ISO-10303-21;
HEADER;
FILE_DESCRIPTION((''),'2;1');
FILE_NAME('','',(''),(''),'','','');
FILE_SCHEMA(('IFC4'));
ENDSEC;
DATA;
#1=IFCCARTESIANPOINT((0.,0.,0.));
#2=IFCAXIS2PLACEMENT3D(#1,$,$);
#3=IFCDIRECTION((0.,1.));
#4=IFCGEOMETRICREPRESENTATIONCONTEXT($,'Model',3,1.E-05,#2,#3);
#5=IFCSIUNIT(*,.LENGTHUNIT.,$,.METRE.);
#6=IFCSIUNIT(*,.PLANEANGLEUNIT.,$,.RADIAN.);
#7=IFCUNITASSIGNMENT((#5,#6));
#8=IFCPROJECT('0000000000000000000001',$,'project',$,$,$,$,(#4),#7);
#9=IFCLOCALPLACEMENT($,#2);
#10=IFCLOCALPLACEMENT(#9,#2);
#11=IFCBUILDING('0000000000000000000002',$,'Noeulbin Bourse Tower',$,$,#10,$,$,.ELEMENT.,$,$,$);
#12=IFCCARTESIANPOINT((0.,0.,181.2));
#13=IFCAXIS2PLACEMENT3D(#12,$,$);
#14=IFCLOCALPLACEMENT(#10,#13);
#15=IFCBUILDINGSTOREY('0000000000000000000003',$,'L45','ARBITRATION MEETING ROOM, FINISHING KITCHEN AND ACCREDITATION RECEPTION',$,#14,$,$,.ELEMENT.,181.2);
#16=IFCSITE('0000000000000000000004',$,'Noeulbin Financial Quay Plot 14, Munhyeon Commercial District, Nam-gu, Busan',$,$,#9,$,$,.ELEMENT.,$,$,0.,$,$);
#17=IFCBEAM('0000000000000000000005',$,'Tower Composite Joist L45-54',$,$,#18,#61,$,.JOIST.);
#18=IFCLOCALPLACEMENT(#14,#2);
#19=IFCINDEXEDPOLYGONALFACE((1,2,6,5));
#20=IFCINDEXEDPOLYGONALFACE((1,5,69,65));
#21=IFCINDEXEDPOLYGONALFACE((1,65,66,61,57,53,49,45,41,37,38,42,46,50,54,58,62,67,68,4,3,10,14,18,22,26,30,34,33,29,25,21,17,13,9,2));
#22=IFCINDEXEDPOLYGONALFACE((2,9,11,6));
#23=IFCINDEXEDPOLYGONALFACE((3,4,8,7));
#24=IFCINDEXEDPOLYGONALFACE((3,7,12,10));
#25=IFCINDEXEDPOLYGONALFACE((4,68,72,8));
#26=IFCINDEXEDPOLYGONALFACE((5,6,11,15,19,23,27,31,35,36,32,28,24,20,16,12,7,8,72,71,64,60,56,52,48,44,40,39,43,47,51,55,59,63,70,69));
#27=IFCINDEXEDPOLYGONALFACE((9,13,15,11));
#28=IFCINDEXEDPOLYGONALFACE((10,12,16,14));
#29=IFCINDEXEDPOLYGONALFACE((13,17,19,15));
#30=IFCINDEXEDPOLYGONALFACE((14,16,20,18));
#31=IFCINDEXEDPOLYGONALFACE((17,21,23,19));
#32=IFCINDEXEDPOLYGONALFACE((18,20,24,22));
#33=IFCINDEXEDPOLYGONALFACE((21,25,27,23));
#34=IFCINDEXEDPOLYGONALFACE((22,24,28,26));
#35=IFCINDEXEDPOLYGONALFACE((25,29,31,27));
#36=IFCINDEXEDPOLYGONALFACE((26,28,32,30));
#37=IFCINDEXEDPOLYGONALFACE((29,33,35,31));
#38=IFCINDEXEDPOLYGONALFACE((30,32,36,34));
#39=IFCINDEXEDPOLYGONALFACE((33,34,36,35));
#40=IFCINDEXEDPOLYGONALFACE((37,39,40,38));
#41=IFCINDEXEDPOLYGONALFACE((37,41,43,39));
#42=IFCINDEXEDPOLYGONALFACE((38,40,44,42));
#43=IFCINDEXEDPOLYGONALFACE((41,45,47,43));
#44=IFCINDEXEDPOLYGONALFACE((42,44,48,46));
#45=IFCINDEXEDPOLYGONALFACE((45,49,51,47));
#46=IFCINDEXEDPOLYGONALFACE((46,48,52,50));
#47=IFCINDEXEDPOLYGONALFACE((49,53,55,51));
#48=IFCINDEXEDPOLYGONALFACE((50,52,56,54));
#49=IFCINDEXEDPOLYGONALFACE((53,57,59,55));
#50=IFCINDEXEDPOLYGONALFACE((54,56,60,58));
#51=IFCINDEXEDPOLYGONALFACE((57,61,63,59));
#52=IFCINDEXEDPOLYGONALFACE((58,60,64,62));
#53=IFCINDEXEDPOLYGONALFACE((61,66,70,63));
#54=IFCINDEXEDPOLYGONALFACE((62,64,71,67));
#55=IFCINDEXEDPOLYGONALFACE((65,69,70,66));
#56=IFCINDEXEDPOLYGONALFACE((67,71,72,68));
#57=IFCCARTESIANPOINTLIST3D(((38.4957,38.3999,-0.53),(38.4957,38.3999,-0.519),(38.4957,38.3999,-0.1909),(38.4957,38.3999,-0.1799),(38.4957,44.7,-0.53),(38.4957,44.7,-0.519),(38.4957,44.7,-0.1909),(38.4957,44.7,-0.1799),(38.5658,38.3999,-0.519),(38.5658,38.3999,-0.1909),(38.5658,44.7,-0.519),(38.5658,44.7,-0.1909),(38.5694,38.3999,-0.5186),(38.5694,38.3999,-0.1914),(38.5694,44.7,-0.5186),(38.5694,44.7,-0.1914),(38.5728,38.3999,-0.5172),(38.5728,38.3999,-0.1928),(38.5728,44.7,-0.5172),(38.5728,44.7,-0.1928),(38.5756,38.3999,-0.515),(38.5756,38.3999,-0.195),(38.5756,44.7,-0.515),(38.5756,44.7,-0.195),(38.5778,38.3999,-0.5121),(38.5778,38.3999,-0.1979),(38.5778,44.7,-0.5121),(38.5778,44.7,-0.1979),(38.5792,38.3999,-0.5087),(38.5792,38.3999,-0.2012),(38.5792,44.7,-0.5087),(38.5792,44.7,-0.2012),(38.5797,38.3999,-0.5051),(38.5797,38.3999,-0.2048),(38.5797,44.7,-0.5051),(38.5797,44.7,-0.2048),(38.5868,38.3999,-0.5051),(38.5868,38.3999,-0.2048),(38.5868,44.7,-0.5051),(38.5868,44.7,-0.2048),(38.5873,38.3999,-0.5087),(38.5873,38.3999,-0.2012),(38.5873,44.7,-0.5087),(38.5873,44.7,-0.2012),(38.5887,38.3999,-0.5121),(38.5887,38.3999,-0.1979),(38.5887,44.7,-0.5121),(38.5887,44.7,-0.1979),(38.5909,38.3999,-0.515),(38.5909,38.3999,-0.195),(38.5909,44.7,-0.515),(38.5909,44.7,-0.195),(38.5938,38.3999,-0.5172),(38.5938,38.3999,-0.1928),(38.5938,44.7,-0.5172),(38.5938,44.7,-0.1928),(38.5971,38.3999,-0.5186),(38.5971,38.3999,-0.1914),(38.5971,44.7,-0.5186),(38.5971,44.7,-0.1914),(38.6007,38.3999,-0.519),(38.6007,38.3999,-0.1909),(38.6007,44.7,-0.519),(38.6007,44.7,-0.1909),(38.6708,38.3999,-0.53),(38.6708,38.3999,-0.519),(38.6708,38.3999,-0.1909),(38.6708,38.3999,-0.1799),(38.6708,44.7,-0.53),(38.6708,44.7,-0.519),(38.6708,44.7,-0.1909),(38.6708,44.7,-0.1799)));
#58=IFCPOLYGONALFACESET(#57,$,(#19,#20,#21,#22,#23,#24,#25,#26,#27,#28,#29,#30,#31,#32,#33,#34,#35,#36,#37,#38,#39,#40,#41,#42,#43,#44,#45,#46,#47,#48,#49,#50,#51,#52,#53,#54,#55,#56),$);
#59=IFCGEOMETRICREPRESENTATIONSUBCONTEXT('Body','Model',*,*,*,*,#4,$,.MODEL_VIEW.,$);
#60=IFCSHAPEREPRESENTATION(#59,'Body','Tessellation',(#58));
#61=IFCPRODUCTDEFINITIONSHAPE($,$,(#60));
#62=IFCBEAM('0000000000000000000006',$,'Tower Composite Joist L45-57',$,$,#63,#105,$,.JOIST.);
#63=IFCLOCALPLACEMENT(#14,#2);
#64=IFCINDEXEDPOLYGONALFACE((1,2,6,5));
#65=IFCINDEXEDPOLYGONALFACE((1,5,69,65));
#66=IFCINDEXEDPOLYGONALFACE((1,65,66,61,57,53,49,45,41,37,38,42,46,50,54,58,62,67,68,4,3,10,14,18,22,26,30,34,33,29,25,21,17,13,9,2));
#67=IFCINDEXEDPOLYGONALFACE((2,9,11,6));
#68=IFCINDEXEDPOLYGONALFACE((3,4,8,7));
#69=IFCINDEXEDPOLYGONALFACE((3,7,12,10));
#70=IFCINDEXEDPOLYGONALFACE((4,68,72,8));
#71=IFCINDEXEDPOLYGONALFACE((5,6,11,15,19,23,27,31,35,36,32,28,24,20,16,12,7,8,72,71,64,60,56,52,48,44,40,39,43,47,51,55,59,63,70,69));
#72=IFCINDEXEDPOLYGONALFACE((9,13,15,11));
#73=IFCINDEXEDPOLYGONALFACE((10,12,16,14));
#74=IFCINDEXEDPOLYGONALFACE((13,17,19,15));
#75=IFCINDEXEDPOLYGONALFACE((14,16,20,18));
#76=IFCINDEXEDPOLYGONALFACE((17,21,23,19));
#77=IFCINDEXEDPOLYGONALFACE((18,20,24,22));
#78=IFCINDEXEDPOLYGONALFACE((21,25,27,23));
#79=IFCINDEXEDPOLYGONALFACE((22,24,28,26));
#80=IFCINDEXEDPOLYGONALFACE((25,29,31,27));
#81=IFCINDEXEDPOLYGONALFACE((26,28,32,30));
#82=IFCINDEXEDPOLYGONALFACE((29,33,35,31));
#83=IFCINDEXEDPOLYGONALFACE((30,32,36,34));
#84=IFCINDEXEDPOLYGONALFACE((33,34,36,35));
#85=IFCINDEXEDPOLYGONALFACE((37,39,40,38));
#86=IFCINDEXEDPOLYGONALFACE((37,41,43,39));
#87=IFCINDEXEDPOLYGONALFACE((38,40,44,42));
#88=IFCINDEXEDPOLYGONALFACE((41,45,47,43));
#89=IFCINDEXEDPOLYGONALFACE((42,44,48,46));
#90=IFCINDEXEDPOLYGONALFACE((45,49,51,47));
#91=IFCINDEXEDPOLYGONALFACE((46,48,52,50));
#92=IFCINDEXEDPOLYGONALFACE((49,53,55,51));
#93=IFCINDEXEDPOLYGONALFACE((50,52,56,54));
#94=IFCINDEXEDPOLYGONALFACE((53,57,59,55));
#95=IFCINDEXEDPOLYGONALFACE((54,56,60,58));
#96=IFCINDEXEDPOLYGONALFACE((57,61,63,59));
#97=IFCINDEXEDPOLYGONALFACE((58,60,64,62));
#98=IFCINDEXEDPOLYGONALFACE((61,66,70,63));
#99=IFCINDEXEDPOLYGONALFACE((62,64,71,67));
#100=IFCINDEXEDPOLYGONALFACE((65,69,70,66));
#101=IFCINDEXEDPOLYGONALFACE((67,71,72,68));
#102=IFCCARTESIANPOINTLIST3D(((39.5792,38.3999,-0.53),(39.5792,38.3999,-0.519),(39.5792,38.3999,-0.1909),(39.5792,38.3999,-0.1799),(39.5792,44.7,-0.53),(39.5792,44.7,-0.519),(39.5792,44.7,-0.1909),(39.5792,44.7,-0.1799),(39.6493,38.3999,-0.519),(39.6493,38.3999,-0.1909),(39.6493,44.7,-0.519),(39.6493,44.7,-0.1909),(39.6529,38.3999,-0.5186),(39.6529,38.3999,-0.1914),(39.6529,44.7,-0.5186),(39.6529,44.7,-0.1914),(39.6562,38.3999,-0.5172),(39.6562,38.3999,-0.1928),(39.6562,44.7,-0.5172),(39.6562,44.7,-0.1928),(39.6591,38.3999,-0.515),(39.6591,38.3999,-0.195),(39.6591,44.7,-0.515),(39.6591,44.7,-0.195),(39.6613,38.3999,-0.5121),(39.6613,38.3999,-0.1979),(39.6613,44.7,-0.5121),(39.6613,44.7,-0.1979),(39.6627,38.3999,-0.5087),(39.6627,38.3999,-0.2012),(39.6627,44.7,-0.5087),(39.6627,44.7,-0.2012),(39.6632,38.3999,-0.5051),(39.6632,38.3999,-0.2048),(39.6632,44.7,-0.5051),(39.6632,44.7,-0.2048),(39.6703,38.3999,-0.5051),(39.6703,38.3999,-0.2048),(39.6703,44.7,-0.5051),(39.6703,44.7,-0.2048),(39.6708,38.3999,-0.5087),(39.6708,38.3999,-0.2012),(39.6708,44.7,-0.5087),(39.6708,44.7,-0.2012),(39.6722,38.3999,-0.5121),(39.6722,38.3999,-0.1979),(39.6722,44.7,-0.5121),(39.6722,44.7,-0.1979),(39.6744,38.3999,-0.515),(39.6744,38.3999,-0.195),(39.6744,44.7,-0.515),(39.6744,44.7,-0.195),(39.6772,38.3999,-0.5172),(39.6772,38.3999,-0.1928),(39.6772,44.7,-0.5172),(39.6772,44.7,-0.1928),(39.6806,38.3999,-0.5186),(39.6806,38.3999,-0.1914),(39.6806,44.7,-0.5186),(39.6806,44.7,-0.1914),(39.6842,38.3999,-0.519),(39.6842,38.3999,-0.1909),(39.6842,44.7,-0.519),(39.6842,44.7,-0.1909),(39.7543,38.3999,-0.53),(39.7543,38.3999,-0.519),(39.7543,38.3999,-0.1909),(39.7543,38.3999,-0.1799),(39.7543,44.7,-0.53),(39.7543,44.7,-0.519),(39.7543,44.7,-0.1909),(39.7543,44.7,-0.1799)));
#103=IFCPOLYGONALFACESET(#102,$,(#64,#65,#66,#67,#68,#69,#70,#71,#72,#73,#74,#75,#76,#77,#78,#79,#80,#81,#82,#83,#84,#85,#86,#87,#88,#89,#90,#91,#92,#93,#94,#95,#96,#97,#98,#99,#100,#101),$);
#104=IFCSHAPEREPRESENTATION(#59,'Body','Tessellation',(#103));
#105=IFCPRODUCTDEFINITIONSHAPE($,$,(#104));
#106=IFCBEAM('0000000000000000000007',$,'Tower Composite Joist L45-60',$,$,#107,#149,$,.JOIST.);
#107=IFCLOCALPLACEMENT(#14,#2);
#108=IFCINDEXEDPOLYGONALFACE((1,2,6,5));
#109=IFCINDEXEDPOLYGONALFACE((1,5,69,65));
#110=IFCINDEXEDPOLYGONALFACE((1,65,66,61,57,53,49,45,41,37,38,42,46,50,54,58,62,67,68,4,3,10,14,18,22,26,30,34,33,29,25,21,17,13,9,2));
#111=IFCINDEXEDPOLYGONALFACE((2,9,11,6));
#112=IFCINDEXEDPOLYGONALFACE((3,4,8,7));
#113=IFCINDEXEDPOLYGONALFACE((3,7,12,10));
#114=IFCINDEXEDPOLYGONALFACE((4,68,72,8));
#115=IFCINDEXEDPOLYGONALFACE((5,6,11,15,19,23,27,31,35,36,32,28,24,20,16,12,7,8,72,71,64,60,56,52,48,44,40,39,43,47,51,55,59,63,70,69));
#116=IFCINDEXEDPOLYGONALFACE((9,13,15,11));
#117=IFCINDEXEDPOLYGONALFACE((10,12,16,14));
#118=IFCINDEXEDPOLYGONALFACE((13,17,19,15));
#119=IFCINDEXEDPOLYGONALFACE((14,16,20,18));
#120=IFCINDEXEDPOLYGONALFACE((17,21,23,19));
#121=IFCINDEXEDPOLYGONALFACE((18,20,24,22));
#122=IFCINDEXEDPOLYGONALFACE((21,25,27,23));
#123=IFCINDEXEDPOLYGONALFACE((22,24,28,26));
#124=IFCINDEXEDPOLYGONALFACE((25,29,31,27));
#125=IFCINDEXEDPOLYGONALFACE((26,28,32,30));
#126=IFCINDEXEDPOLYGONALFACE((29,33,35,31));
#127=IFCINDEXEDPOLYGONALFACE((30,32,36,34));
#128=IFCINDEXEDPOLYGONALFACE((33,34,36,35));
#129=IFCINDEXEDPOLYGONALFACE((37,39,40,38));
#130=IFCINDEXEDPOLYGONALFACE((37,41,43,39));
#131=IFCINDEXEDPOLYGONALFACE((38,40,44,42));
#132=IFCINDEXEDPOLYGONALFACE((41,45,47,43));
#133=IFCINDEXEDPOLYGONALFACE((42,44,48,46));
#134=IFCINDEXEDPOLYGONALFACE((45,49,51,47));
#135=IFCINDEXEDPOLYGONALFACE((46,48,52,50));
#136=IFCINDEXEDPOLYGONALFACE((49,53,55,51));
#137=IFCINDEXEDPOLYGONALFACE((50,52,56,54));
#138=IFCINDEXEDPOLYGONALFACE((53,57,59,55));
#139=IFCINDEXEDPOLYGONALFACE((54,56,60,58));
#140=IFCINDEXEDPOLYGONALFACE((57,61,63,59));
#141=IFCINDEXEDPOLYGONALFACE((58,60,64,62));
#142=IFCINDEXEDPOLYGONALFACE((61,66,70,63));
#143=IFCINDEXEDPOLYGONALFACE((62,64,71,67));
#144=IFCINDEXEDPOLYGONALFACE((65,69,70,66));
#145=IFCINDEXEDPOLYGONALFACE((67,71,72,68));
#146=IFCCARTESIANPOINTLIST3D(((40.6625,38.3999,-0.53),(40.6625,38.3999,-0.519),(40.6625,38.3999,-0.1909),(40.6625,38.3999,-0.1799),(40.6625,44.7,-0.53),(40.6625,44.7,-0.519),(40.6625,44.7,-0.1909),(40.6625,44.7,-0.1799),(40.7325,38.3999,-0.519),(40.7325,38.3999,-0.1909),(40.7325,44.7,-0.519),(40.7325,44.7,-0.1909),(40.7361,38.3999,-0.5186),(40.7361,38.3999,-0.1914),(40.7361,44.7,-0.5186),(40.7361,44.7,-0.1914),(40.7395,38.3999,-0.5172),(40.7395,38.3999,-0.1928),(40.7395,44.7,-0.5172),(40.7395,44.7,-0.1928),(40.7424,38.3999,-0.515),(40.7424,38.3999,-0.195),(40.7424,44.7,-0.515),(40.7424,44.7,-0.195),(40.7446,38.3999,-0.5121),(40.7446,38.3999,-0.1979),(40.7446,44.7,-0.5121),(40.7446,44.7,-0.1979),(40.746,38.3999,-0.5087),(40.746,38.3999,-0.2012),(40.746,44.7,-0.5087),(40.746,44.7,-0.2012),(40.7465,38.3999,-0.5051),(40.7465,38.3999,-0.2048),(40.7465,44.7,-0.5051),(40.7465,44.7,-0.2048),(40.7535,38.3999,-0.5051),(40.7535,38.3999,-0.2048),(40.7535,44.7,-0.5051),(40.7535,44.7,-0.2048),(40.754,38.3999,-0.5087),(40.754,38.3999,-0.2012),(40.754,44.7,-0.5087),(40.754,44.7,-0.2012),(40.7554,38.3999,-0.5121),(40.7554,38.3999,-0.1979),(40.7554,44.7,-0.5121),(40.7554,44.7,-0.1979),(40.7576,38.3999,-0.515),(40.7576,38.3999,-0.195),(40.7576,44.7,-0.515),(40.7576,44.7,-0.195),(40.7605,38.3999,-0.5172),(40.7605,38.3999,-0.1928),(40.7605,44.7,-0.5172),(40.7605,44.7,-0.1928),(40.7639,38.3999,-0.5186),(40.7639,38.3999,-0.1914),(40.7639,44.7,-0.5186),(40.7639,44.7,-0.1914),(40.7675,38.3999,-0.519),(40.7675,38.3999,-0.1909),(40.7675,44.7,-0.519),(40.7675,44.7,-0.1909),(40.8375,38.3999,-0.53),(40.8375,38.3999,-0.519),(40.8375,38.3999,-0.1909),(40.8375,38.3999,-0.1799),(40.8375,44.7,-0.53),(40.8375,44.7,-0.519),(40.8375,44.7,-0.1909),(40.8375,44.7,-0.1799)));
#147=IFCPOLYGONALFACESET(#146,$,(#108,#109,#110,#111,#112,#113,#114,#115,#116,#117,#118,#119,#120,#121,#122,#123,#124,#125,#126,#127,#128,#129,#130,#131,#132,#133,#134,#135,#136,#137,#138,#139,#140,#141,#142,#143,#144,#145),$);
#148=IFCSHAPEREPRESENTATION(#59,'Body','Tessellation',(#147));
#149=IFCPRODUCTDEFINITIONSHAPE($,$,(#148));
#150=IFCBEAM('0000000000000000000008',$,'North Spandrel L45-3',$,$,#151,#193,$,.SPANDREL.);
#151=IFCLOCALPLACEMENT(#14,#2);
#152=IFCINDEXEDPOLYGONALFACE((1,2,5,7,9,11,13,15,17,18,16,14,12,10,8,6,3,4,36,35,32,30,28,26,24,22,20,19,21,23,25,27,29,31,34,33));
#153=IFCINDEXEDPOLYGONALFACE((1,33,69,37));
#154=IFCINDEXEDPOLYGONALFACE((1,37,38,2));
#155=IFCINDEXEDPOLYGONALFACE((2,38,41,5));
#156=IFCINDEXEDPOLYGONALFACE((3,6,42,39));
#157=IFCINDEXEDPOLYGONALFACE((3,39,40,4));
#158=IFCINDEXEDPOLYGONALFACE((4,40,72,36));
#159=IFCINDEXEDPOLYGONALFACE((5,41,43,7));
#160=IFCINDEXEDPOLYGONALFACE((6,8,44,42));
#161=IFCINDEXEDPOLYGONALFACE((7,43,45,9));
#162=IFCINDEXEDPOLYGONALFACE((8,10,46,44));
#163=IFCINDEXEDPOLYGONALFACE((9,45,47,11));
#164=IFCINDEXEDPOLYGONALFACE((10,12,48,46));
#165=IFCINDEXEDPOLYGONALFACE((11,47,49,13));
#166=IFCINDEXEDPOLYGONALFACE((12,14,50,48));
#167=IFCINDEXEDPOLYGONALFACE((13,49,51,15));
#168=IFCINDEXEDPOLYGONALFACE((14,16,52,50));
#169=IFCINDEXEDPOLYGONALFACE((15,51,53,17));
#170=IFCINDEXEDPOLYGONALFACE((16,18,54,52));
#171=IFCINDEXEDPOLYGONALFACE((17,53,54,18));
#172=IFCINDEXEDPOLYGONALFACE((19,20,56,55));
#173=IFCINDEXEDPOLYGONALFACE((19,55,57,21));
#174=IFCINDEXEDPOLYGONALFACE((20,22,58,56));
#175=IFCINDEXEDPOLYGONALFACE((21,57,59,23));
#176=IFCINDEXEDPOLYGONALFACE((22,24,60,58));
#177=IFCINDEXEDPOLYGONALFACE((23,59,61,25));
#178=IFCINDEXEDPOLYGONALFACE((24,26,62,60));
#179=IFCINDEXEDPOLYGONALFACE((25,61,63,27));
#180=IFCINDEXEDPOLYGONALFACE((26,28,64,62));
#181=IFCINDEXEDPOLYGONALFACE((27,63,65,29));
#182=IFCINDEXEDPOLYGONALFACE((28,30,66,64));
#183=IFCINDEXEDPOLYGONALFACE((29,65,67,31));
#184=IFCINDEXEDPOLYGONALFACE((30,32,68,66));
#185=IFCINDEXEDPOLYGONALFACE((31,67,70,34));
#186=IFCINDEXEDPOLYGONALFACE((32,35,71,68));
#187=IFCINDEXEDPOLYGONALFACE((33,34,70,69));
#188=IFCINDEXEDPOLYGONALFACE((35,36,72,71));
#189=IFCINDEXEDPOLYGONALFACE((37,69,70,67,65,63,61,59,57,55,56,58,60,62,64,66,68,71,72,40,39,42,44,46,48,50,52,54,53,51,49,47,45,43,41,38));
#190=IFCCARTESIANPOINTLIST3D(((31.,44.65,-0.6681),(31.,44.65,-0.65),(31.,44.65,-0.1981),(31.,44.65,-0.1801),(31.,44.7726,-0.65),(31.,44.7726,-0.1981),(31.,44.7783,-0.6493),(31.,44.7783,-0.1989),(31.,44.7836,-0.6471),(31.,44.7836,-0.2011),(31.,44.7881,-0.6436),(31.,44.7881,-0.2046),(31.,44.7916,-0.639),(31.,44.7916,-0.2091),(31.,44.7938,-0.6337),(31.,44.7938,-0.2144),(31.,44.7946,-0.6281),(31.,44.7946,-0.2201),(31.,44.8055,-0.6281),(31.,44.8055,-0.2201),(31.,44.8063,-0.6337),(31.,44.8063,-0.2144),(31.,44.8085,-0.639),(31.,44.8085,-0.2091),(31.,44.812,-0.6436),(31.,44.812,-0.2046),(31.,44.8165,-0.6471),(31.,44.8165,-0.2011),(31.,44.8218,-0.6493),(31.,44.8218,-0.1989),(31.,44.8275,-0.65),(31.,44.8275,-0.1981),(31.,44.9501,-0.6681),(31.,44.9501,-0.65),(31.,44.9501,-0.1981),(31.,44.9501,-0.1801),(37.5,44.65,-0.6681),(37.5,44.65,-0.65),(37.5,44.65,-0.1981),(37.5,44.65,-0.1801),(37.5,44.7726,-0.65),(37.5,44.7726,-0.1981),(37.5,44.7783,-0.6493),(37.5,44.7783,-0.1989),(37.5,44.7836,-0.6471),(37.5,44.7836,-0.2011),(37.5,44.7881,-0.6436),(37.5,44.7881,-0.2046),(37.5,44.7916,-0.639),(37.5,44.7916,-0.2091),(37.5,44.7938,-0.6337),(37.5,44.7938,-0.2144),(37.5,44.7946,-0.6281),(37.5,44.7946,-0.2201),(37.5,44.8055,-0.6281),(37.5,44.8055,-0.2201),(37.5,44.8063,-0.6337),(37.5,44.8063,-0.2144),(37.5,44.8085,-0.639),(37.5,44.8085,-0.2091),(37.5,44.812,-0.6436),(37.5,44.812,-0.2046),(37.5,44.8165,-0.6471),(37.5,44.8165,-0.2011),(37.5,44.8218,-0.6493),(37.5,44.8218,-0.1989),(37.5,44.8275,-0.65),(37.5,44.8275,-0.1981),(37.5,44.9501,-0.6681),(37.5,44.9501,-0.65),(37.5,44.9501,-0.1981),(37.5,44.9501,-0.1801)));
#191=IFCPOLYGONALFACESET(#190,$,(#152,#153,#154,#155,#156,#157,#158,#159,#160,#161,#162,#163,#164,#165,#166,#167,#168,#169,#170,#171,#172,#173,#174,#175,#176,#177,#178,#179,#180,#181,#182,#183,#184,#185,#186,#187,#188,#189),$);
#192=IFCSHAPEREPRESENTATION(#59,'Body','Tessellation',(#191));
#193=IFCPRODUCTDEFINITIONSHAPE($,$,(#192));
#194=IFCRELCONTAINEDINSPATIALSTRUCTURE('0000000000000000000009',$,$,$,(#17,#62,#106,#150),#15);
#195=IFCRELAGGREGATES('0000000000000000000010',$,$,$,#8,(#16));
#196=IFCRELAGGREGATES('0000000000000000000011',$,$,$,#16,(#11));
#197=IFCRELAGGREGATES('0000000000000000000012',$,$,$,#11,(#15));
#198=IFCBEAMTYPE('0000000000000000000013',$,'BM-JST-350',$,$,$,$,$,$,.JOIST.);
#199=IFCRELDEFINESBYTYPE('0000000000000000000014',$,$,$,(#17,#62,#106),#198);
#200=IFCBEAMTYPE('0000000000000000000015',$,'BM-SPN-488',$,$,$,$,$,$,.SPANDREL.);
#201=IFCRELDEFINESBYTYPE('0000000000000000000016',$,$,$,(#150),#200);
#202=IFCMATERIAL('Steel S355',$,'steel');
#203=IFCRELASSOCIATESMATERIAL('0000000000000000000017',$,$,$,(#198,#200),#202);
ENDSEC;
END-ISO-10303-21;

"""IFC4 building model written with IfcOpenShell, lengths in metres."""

from ifc_helpers import new_model, si_unit, direction, frame, origin, origin_2d, place, context, subcontext, project, spatial, i_section, extrude, material, material_profile, profile_set, type_object, element, save


model = new_model("IFC4")

# Units and contexts
model_context = context("Model", 3, precision=1e-05, world=origin(), true_north=direction((0.0, 1.0)))
body_context = subcontext(model_context, "Body", "Model", "MODEL_VIEW")
ifc_project = project(units=[si_unit("LENGTHUNIT", "METRE"), si_unit("PLANEANGLEUNIT", "RADIAN")], contexts=[model_context])

# Site, building, storey
site_placement = place(None, origin())
site = spatial("IfcSite", under=ifc_project, at=site_placement, Name="Noeulbin Financial Quay Plot 14, Munhyeon Commercial District, Nam-gu, Busan", CompositionType="ELEMENT", RefElevation=0.0)
building_placement = place(site_placement, origin())
building = spatial("IfcBuilding", under=site, at=building_placement, Name="Noeulbin Bourse Tower", CompositionType="ELEMENT")
storey_placement = place(building_placement, frame((0.0, 0.0, 181.2)))
storey = spatial("IfcBuildingStorey", under=building, at=storey_placement, Name="L45", Description="ARBITRATION MEETING ROOM, FINISHING KITCHEN AND ACCREDITATION RECEPTION", CompositionType="ELEMENT", Elevation=181.2)

# Shared definitions
ifc_material_1 = material(Name="Steel S355", Category="steel")

# Beams
ifc_material_profile_1 = material_profile(ifc_material_1, i_section(OverallWidth=0.175, OverallDepth=0.3501, WebThickness=0.0071, FlangeThickness=0.011, FilletRadius=0.0139, at=origin_2d()), Name="H-350x175x7x11", Category="LoadBearing")
ifc_profile_set_1 = profile_set([ifc_material_profile_1], Name="Steel S355")
beam_type_1 = type_object("IfcBeamType", Name="BM-JST-350", PredefinedType="JOIST", material=ifc_profile_set_1)
for number, where, z_axis, x_axis, name in (
    (1, (38.5833, 38.3999, -0.355), (0.0, 1.0, 0.0), (-1.0, 0.0, 0.0), "Tower Composite Joist L45-54"),
    (2, (39.6667, 38.3999, -0.355), (0.0, 1.0, 0.0), (-1.0, 0.0, 0.0), "Tower Composite Joist L45-57"),
    (3, (40.75, 38.3999, -0.355), (0.0, 1.0, 0.0), (-1.0, 0.0, 0.0), "Tower Composite Joist L45-60"),
):
    element("IfcBeam", number, at=place(storey_placement, frame(where, z_axis=z_axis, x_axis=x_axis)), inside=storey, type_object=beam_type_1, Name=name, PredefinedType="JOIST", context=body_context, shape_type="SweptSolid", body=[
        extrude(i_section(OverallWidth=0.175, OverallDepth=0.3501, WebThickness=0.0071, FlangeThickness=0.011, FilletRadius=0.0139, at=origin_2d()), origin(), (0.0, 0.0, 1.0), 6.3),
    ])
ifc_material_profile_2 = material_profile(ifc_material_1, i_section(OverallWidth=0.3, OverallDepth=0.488, WebThickness=0.011, FlangeThickness=0.0181, FilletRadius=0.022, at=origin_2d()), Name="H-488x300x11x18", Category="LoadBearing")
ifc_profile_set_2 = profile_set([ifc_material_profile_2], Name="Steel S355")
beam_type_2 = type_object("IfcBeamType", Name="BM-SPN-488", PredefinedType="SPANDREL", material=ifc_profile_set_2)
for number, where, z_axis, x_axis, name in (
    (4, (31.0, 44.8, -0.4241), (1.0, 0.0, 0.0), (0.0, 1.0, 0.0), "North Spandrel L45-3"),
):
    element("IfcBeam", number, at=place(storey_placement, frame(where, z_axis=z_axis, x_axis=x_axis)), inside=storey, type_object=beam_type_2, Name=name, PredefinedType="SPANDREL", context=body_context, shape_type="SweptSolid", body=[
        extrude(i_section(OverallWidth=0.3, OverallDepth=0.488, WebThickness=0.011, FlangeThickness=0.0181, FilletRadius=0.022, at=origin_2d()), origin(), (0.0, 0.0, 1.0), 6.5),
    ])

save(model, "model.ifc")
